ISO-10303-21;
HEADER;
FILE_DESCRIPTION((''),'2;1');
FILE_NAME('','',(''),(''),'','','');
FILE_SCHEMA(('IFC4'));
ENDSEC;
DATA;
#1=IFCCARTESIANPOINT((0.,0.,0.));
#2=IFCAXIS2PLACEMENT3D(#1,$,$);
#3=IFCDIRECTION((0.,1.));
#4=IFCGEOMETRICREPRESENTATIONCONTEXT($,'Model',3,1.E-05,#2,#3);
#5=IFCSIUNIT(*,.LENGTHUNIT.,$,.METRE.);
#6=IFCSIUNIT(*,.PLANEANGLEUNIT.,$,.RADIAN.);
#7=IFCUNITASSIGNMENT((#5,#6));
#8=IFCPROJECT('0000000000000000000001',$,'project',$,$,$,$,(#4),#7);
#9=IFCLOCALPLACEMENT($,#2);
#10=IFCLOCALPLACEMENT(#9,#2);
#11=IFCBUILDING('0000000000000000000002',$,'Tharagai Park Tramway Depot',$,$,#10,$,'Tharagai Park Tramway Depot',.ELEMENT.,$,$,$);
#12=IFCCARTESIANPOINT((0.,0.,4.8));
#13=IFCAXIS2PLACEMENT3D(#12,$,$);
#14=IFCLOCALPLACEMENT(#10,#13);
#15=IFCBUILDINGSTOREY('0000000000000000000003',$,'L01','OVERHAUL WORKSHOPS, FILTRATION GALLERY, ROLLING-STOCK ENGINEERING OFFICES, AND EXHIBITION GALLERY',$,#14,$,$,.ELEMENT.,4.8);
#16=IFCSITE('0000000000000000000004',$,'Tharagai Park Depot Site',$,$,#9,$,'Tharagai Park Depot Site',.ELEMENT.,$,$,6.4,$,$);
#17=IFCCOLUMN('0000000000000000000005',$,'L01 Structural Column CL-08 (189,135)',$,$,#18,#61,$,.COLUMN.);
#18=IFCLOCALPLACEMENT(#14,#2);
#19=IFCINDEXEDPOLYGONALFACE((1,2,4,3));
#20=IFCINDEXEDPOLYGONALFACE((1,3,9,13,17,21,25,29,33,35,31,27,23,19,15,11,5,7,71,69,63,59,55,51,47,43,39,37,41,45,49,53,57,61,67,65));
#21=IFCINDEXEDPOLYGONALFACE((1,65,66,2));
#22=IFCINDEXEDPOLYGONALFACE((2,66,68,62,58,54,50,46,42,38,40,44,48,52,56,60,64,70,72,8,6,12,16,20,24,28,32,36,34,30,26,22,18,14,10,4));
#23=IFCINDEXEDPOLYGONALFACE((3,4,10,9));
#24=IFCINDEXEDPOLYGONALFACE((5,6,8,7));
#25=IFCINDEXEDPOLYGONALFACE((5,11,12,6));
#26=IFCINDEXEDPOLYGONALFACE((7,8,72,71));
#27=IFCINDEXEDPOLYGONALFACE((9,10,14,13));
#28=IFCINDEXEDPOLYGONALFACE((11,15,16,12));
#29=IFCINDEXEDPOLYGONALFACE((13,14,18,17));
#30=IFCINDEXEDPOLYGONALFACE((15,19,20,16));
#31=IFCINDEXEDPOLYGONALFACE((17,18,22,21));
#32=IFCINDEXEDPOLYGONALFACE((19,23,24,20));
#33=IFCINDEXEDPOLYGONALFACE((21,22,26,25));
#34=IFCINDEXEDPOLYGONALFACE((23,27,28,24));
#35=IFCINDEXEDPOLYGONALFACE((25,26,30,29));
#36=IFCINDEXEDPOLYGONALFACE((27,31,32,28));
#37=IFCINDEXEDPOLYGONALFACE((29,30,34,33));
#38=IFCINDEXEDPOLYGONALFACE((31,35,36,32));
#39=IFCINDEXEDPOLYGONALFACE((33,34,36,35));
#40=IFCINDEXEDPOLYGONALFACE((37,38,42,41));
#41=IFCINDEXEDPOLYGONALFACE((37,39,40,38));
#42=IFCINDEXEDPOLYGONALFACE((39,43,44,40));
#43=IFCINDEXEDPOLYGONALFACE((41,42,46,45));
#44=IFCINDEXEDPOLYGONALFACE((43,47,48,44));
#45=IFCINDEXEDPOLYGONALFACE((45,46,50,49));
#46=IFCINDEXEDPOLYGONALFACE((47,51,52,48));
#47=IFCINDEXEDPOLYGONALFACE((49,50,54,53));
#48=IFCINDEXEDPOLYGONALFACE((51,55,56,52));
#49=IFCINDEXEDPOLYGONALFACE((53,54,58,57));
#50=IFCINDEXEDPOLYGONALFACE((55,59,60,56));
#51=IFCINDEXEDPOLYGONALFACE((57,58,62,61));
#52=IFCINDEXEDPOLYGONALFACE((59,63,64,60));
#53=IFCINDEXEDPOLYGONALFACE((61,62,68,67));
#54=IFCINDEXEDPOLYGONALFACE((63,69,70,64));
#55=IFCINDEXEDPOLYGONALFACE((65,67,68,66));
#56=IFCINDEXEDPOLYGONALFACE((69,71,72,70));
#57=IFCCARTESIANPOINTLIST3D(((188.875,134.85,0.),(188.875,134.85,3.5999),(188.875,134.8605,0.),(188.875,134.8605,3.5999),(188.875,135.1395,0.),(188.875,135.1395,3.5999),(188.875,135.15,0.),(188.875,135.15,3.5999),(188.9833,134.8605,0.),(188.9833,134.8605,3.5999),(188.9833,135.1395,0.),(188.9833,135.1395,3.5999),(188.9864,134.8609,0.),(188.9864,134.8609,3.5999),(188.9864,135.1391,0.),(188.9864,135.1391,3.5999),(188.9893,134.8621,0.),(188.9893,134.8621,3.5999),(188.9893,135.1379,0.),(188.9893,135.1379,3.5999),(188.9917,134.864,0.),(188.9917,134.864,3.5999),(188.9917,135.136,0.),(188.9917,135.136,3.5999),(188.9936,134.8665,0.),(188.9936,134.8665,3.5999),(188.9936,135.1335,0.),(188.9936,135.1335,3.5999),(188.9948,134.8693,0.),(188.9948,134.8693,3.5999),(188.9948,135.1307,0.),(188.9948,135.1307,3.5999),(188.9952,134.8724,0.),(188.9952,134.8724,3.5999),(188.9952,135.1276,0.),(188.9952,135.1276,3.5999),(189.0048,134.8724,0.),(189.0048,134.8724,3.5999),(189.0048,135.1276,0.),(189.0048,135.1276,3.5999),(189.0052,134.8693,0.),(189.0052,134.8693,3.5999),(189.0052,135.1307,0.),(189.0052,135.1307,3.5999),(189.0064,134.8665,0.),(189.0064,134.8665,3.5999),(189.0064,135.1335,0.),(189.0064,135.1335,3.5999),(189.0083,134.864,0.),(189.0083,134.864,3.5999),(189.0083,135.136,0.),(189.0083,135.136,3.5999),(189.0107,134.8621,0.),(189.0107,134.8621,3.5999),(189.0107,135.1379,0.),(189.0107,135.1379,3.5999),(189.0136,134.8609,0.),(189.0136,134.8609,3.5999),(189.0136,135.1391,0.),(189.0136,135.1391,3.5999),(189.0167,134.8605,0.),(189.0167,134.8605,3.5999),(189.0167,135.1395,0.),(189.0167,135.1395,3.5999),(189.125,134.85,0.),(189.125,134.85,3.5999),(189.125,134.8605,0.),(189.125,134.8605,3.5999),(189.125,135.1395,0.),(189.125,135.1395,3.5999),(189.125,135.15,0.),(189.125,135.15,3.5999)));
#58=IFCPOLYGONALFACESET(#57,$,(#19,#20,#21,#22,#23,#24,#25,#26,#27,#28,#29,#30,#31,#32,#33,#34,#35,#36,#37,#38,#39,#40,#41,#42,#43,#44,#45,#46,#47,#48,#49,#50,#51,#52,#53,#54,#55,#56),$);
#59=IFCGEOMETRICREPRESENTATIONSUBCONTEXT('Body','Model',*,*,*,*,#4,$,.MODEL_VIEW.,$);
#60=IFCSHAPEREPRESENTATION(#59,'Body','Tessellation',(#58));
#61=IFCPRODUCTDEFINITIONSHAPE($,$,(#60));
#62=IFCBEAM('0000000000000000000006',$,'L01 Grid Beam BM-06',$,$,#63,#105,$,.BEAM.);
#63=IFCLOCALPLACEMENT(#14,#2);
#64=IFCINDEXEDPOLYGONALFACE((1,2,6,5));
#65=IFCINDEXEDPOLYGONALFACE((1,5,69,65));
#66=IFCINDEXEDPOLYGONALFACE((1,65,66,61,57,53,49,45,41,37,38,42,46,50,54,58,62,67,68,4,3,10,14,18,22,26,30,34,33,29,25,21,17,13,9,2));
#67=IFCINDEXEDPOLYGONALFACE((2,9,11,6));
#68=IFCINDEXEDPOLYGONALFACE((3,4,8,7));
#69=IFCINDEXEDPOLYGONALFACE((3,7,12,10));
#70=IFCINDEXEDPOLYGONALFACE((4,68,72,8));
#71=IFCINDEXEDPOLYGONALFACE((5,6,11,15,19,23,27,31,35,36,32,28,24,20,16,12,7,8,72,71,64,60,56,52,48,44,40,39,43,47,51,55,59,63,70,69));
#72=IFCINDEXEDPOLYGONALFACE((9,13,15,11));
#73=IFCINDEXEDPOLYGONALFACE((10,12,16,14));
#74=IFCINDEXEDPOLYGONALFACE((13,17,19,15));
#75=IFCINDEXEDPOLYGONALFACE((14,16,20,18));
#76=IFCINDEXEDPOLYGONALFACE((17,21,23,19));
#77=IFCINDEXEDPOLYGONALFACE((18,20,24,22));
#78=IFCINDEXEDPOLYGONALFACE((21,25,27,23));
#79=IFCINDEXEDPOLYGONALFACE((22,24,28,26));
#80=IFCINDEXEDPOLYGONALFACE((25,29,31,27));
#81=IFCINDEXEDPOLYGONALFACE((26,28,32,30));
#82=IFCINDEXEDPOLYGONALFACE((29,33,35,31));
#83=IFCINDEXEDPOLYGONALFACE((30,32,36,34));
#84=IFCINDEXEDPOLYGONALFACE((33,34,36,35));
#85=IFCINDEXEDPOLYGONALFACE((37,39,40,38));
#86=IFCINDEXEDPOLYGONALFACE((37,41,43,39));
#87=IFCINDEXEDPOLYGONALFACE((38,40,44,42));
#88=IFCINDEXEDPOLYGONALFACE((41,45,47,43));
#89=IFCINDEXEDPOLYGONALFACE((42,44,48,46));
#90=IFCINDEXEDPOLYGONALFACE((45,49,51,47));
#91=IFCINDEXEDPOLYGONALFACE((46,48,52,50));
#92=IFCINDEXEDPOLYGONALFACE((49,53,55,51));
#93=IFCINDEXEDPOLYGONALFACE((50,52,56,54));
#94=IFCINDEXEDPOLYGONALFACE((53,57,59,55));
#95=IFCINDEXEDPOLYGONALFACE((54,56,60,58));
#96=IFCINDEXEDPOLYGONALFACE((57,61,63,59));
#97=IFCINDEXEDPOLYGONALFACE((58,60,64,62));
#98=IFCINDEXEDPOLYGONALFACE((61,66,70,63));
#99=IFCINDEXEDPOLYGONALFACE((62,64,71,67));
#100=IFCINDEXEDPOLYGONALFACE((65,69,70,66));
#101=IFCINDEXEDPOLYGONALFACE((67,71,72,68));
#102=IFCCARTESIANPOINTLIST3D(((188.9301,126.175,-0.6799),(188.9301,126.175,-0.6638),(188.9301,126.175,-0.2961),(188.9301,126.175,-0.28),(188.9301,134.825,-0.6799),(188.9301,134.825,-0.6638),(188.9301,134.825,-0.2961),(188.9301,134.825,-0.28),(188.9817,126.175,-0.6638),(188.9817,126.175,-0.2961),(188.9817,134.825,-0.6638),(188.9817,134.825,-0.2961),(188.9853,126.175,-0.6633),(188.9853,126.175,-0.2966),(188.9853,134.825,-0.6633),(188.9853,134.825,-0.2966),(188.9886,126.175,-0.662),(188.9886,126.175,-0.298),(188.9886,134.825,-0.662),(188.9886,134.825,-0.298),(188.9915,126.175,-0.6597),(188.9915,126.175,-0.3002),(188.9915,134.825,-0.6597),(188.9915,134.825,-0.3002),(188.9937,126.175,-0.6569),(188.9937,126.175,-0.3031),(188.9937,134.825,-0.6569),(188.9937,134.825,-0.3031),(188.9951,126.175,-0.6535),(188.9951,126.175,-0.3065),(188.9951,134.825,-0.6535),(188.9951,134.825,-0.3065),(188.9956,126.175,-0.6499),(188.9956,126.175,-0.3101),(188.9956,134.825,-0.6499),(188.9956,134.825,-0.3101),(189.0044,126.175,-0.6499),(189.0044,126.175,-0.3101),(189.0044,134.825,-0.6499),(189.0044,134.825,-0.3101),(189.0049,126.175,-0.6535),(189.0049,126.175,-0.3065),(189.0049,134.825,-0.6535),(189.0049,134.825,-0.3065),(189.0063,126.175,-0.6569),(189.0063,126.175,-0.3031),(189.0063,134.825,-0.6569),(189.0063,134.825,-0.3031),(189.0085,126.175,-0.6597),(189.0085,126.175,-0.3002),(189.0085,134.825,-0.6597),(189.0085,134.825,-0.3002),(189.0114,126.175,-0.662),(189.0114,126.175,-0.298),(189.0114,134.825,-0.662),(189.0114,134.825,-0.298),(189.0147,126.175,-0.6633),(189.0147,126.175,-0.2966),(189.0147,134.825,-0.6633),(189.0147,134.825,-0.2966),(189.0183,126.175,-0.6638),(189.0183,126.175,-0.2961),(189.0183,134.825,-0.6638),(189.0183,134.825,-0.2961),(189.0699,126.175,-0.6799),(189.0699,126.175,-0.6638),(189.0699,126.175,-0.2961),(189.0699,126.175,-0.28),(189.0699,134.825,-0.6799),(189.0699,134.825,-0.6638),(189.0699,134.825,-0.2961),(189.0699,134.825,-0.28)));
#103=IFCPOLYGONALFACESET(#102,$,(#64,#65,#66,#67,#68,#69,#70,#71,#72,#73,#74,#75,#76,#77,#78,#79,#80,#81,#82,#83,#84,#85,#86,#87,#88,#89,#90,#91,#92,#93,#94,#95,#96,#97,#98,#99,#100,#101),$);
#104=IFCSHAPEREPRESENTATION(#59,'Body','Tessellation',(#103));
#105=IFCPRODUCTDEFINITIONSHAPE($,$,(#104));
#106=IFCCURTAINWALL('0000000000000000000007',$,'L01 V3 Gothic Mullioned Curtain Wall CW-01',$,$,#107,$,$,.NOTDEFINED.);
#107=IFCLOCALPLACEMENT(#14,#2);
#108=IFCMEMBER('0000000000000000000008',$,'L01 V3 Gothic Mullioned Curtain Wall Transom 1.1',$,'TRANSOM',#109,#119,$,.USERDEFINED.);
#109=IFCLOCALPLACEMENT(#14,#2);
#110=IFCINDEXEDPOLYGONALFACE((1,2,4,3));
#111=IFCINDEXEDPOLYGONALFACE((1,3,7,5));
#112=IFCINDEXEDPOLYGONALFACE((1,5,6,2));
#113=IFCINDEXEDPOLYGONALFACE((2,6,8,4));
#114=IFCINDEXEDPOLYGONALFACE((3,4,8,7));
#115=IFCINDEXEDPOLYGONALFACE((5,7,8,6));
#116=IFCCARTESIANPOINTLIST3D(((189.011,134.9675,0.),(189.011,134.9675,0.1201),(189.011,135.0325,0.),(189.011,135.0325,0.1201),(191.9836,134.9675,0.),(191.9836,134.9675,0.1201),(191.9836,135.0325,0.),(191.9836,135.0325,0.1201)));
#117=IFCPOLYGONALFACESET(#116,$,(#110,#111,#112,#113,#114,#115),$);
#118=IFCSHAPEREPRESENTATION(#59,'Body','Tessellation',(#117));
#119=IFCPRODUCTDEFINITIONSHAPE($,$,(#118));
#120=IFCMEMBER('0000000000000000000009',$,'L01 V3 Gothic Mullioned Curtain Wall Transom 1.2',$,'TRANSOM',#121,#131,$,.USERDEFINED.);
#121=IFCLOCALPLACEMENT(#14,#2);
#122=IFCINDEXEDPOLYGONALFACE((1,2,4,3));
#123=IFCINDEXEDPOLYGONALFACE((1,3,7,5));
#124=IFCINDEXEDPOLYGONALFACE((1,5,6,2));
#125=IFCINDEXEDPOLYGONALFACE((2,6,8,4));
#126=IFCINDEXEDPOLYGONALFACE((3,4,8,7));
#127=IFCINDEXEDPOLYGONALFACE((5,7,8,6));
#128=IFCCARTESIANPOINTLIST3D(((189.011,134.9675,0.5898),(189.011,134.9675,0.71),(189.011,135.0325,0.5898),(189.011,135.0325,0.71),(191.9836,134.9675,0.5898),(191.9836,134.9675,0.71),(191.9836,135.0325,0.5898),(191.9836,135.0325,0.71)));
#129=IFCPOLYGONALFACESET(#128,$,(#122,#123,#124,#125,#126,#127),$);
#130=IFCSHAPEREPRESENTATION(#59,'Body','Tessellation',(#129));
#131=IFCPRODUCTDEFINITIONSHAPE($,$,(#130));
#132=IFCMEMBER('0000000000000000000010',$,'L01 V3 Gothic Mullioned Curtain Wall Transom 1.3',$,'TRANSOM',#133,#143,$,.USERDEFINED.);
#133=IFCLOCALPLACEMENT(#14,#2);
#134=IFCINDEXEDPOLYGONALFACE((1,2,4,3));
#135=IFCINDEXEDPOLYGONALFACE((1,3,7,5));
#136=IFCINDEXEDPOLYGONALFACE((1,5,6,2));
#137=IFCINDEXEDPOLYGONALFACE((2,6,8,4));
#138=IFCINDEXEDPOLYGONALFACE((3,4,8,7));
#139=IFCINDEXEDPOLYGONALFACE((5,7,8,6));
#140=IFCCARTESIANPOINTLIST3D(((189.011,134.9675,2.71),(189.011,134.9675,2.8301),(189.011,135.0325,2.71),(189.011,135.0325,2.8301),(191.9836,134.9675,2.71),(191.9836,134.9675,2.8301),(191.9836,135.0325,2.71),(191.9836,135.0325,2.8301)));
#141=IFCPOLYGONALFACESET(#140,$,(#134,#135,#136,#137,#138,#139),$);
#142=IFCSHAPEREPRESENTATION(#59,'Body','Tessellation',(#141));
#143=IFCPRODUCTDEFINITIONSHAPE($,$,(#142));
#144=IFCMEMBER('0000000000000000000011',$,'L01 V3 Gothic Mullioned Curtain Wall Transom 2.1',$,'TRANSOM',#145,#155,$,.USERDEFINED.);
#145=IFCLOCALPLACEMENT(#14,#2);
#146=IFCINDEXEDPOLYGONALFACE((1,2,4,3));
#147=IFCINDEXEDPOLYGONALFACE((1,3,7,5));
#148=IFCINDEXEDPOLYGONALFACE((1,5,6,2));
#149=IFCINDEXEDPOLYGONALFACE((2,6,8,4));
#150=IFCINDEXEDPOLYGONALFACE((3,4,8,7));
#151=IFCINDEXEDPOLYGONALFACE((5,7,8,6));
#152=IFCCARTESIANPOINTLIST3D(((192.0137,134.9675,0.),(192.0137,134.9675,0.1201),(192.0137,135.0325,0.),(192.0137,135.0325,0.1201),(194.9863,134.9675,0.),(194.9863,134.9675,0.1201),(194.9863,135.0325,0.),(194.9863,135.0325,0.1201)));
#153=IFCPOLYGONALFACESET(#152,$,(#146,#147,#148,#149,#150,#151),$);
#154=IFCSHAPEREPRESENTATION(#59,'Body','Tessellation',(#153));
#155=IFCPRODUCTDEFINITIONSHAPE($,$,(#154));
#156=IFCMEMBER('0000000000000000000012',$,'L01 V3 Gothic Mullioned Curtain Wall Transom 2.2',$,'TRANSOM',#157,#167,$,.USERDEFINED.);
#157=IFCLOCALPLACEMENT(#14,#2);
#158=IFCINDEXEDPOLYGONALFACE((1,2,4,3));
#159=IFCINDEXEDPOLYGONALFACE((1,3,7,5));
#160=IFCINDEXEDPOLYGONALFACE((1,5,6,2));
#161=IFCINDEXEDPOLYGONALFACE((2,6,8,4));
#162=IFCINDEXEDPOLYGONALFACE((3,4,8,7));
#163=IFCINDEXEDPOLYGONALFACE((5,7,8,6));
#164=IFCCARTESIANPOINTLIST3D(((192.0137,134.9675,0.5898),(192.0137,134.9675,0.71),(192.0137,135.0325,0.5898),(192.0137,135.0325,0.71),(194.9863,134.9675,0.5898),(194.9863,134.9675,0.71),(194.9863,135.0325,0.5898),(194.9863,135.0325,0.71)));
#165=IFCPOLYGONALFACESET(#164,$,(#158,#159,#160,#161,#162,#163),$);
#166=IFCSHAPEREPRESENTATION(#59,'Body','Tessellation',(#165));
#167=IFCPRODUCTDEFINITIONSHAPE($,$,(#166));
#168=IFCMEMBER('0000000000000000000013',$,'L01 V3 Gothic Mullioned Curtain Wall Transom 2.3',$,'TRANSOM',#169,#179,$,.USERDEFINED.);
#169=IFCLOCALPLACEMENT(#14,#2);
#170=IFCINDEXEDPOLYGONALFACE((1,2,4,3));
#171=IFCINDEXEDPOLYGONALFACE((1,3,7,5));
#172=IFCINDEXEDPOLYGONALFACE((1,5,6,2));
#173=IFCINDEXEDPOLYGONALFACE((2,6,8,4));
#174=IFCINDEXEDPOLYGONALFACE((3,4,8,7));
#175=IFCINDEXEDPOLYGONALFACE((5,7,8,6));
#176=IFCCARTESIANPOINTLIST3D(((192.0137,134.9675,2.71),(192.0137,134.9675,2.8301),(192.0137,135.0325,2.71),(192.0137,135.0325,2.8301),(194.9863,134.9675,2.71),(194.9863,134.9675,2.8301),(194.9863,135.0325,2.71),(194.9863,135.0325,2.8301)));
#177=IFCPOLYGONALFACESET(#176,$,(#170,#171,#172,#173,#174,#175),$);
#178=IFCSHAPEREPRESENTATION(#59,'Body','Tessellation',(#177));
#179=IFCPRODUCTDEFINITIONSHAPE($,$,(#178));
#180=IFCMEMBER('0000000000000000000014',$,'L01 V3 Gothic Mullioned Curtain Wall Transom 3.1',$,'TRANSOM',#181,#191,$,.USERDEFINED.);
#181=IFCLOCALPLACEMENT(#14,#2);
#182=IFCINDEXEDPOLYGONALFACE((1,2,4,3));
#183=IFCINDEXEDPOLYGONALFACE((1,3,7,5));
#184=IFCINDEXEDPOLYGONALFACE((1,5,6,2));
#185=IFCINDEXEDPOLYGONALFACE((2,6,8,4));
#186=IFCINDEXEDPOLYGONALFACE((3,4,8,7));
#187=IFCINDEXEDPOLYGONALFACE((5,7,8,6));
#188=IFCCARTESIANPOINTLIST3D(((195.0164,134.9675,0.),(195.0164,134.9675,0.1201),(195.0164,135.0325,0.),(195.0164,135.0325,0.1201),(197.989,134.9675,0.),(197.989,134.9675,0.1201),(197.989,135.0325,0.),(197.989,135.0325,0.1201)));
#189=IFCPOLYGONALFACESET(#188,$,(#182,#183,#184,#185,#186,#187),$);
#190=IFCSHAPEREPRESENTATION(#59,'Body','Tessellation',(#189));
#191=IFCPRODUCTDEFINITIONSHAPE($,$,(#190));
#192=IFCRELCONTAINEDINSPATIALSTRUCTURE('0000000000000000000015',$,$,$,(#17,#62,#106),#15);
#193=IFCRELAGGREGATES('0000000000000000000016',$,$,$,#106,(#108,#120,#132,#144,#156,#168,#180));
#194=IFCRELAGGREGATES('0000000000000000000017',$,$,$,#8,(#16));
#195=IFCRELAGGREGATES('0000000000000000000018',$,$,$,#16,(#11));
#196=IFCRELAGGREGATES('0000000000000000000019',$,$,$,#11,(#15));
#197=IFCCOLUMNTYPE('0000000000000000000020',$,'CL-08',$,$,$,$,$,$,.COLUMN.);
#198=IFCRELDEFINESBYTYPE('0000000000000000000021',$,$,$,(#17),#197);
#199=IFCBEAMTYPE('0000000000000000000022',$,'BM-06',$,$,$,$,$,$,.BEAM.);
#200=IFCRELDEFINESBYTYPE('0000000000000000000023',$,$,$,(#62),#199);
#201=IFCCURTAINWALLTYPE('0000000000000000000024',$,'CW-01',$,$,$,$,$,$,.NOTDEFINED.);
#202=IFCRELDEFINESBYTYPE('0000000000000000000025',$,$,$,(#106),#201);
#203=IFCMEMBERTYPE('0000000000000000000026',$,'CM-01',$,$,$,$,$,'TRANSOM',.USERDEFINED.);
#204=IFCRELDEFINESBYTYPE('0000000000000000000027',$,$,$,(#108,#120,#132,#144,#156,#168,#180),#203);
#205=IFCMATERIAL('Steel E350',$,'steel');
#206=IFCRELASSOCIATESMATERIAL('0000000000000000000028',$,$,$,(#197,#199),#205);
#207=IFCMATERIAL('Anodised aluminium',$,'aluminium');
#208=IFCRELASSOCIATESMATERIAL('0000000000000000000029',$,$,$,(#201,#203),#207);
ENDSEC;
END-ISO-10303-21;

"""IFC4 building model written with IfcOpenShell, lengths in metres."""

from ifc_helpers import new_model, si_unit, direction, frame, origin, origin_2d, place, context, subcontext, project, spatial, rectangle, i_section, extrude, material, material_profile, profile_set, type_object, element, aggregate, save


model = new_model("IFC4")

# Units and contexts
model_context = context("Model", 3, precision=1e-05, world=origin(), true_north=direction((0.0, 1.0)))
body_context = subcontext(model_context, "Body", "Model", "MODEL_VIEW")
ifc_project = project(units=[si_unit("LENGTHUNIT", "METRE"), si_unit("PLANEANGLEUNIT", "RADIAN")], contexts=[model_context])

# Site, building, storey
site_placement = place(None, origin())
site = spatial("IfcSite", under=ifc_project, at=site_placement, Name="Tharagai Park Depot Site", LongName="Tharagai Park Depot Site", CompositionType="ELEMENT", RefElevation=6.4)
building_placement = place(site_placement, origin())
building = spatial("IfcBuilding", under=site, at=building_placement, Name="Tharagai Park Tramway Depot", LongName="Tharagai Park Tramway Depot", CompositionType="ELEMENT")
storey_placement = place(building_placement, frame((0.0, 0.0, 4.8)))
storey = spatial("IfcBuildingStorey", under=building, at=storey_placement, Name="L01", Description="OVERHAUL WORKSHOPS, FILTRATION GALLERY, ROLLING-STOCK ENGINEERING OFFICES, AND EXHIBITION GALLERY", CompositionType="ELEMENT", Elevation=4.8)

# Column
ifc_material_1 = material(Name="Steel E350", Category="steel")
ifc_material_profile_1 = material_profile(ifc_material_1, i_section(OverallWidth=0.25, OverallDepth=0.3, WebThickness=0.0095, FlangeThickness=0.0105, FilletRadius=0.012, at=origin_2d()), Name="ISHB 300")
ifc_profile_set_1 = profile_set([ifc_material_profile_1], Name="Steel E350")
column_type = type_object("IfcColumnType", Name="CL-08", PredefinedType="COLUMN", material=ifc_profile_set_1)
column_placement = place(storey_placement, frame((189.0, 135.0, 0.0), z_axis=(0.0, 0.0, 1.0), x_axis=(1.0, 0.0, 0.0)))
element("IfcColumn", 1, at=column_placement, inside=storey, type_object=column_type, Name="L01 Structural Column CL-08 (189,135)", PredefinedType="COLUMN", context=body_context, shape_type="SweptSolid", body=[
    extrude(i_section(OverallWidth=0.25, OverallDepth=0.3, WebThickness=0.0095, FlangeThickness=0.0105, FilletRadius=0.012, at=origin_2d()), origin(), (0.0, 0.0, 1.0), 3.5999),
])

# Beam
ifc_material_profile_2 = material_profile(ifc_material_1, i_section(OverallWidth=0.1399, OverallDepth=0.3999, WebThickness=0.0088, FlangeThickness=0.0161, FilletRadius=0.0139, at=origin_2d()), Name="ISMB 400")
ifc_profile_set_2 = profile_set([ifc_material_profile_2], Name="Steel E350")
beam_type_1 = type_object("IfcBeamType", Name="BM-06", PredefinedType="BEAM", material=ifc_profile_set_2)
beam_1_placement = place(storey_placement, frame((189.0, 126.175, -0.48), z_axis=(0.0, 1.0, 0.0), x_axis=(-1.0, 0.0, 0.0)))
element("IfcBeam", 2, at=beam_1_placement, inside=storey, type_object=beam_type_1, Name="L01 Grid Beam BM-06", PredefinedType="BEAM", context=body_context, shape_type="SweptSolid", body=[
    extrude(i_section(OverallWidth=0.1399, OverallDepth=0.3999, WebThickness=0.0088, FlangeThickness=0.0161, FilletRadius=0.0139, at=origin_2d()), origin(), (0.0, 0.0, 1.0), 8.6499),
])

# Curtain wall, members
ifc_material_2 = material(Name="Anodised aluminium", Category="aluminium")
curtain_wall_type = type_object("IfcCurtainWallType", Name="CW-01", PredefinedType="NOTDEFINED", material=ifc_material_2)
curtain_wall_placement = place(storey_placement, origin())
curtain_wall = element("IfcCurtainWall", 3, at=curtain_wall_placement, inside=storey, type_object=curtain_wall_type, Name="L01 V3 Gothic Mullioned Curtain Wall CW-01", PredefinedType="NOTDEFINED")
ifc_material_profile_3 = material_profile(ifc_material_2, rectangle(XDim=0.0649, YDim=0.1201, at=origin_2d()), Name="ALU 65x120")
ifc_profile_set_3 = profile_set([ifc_material_profile_3], Name="Anodised aluminium")
member_type_1 = type_object("IfcMemberType", Name="CM-01", ElementType="TRANSOM", PredefinedType="USERDEFINED", material=ifc_profile_set_3)
member_1_placement = place(storey_placement, frame((189.011, 135.0, 0.0601), z_axis=(1.0, 0.0, 0.0), x_axis=(0.0, 1.0, 0.0)))
member_1 = element("IfcMember", 4, at=member_1_placement, type_object=member_type_1, Name="L01 V3 Gothic Mullioned Curtain Wall Transom 1.1", ObjectType="TRANSOM", PredefinedType="USERDEFINED", context=body_context, shape_type="SweptSolid", body=[
    extrude(rectangle(XDim=0.0649, YDim=0.1201, at=origin_2d()), origin(), (0.0, 0.0, 1.0), 2.9727),
])
member_2_placement = place(storey_placement, frame((189.011, 135.0, 0.6499), z_axis=(1.0, 0.0, 0.0), x_axis=(0.0, 1.0, 0.0)))
member_2 = element("IfcMember", 5, at=member_2_placement, type_object=member_type_1, Name="L01 V3 Gothic Mullioned Curtain Wall Transom 1.2", ObjectType="TRANSOM", PredefinedType="USERDEFINED", context=body_context, shape_type="SweptSolid", body=[
    extrude(rectangle(XDim=0.0649, YDim=0.1201, at=origin_2d()), origin(), (0.0, 0.0, 1.0), 2.9727),
])
member_3_placement = place(storey_placement, frame((189.011, 135.0, 2.77), z_axis=(1.0, 0.0, 0.0), x_axis=(0.0, 1.0, 0.0)))
member_3 = element("IfcMember", 6, at=member_3_placement, type_object=member_type_1, Name="L01 V3 Gothic Mullioned Curtain Wall Transom 1.3", ObjectType="TRANSOM", PredefinedType="USERDEFINED", context=body_context, shape_type="SweptSolid", body=[
    extrude(rectangle(XDim=0.0649, YDim=0.1201, at=origin_2d()), origin(), (0.0, 0.0, 1.0), 2.9727),
])
member_4_placement = place(storey_placement, frame((192.0137, 135.0, 0.0601), z_axis=(1.0, 0.0, 0.0), x_axis=(0.0, 1.0, 0.0)))
member_4 = element("IfcMember", 7, at=member_4_placement, type_object=member_type_1, Name="L01 V3 Gothic Mullioned Curtain Wall Transom 2.1", ObjectType="TRANSOM", PredefinedType="USERDEFINED", context=body_context, shape_type="SweptSolid", body=[
    extrude(rectangle(XDim=0.0649, YDim=0.1201, at=origin_2d()), origin(), (0.0, 0.0, 1.0), 2.9727),
])
member_5_placement = place(storey_placement, frame((192.0137, 135.0, 0.6499), z_axis=(1.0, 0.0, 0.0), x_axis=(0.0, 1.0, 0.0)))
member_5 = element("IfcMember", 8, at=member_5_placement, type_object=member_type_1, Name="L01 V3 Gothic Mullioned Curtain Wall Transom 2.2", ObjectType="TRANSOM", PredefinedType="USERDEFINED", context=body_context, shape_type="SweptSolid", body=[
    extrude(rectangle(XDim=0.0649, YDim=0.1201, at=origin_2d()), origin(), (0.0, 0.0, 1.0), 2.9727),
])
member_6_placement = place(storey_placement, frame((192.0137, 135.0, 2.77), z_axis=(1.0, 0.0, 0.0), x_axis=(0.0, 1.0, 0.0)))
member_6 = element("IfcMember", 9, at=member_6_placement, type_object=member_type_1, Name="L01 V3 Gothic Mullioned Curtain Wall Transom 2.3", ObjectType="TRANSOM", PredefinedType="USERDEFINED", context=body_context, shape_type="SweptSolid", body=[
    extrude(rectangle(XDim=0.0649, YDim=0.1201, at=origin_2d()), origin(), (0.0, 0.0, 1.0), 2.9727),
])
member_7_placement = place(storey_placement, frame((195.0164, 135.0, 0.0601), z_axis=(1.0, 0.0, 0.0), x_axis=(0.0, 1.0, 0.0)))
member_7 = element("IfcMember", 10, at=member_7_placement, type_object=member_type_1, Name="L01 V3 Gothic Mullioned Curtain Wall Transom 3.1", ObjectType="TRANSOM", PredefinedType="USERDEFINED", context=body_context, shape_type="SweptSolid", body=[
    extrude(rectangle(XDim=0.0649, YDim=0.1201, at=origin_2d()), origin(), (0.0, 0.0, 1.0), 2.9727),
])

aggregate(curtain_wall, [member_1, member_2, member_3, member_4, member_5, member_6, member_7])

save(model, "model.ifc")
